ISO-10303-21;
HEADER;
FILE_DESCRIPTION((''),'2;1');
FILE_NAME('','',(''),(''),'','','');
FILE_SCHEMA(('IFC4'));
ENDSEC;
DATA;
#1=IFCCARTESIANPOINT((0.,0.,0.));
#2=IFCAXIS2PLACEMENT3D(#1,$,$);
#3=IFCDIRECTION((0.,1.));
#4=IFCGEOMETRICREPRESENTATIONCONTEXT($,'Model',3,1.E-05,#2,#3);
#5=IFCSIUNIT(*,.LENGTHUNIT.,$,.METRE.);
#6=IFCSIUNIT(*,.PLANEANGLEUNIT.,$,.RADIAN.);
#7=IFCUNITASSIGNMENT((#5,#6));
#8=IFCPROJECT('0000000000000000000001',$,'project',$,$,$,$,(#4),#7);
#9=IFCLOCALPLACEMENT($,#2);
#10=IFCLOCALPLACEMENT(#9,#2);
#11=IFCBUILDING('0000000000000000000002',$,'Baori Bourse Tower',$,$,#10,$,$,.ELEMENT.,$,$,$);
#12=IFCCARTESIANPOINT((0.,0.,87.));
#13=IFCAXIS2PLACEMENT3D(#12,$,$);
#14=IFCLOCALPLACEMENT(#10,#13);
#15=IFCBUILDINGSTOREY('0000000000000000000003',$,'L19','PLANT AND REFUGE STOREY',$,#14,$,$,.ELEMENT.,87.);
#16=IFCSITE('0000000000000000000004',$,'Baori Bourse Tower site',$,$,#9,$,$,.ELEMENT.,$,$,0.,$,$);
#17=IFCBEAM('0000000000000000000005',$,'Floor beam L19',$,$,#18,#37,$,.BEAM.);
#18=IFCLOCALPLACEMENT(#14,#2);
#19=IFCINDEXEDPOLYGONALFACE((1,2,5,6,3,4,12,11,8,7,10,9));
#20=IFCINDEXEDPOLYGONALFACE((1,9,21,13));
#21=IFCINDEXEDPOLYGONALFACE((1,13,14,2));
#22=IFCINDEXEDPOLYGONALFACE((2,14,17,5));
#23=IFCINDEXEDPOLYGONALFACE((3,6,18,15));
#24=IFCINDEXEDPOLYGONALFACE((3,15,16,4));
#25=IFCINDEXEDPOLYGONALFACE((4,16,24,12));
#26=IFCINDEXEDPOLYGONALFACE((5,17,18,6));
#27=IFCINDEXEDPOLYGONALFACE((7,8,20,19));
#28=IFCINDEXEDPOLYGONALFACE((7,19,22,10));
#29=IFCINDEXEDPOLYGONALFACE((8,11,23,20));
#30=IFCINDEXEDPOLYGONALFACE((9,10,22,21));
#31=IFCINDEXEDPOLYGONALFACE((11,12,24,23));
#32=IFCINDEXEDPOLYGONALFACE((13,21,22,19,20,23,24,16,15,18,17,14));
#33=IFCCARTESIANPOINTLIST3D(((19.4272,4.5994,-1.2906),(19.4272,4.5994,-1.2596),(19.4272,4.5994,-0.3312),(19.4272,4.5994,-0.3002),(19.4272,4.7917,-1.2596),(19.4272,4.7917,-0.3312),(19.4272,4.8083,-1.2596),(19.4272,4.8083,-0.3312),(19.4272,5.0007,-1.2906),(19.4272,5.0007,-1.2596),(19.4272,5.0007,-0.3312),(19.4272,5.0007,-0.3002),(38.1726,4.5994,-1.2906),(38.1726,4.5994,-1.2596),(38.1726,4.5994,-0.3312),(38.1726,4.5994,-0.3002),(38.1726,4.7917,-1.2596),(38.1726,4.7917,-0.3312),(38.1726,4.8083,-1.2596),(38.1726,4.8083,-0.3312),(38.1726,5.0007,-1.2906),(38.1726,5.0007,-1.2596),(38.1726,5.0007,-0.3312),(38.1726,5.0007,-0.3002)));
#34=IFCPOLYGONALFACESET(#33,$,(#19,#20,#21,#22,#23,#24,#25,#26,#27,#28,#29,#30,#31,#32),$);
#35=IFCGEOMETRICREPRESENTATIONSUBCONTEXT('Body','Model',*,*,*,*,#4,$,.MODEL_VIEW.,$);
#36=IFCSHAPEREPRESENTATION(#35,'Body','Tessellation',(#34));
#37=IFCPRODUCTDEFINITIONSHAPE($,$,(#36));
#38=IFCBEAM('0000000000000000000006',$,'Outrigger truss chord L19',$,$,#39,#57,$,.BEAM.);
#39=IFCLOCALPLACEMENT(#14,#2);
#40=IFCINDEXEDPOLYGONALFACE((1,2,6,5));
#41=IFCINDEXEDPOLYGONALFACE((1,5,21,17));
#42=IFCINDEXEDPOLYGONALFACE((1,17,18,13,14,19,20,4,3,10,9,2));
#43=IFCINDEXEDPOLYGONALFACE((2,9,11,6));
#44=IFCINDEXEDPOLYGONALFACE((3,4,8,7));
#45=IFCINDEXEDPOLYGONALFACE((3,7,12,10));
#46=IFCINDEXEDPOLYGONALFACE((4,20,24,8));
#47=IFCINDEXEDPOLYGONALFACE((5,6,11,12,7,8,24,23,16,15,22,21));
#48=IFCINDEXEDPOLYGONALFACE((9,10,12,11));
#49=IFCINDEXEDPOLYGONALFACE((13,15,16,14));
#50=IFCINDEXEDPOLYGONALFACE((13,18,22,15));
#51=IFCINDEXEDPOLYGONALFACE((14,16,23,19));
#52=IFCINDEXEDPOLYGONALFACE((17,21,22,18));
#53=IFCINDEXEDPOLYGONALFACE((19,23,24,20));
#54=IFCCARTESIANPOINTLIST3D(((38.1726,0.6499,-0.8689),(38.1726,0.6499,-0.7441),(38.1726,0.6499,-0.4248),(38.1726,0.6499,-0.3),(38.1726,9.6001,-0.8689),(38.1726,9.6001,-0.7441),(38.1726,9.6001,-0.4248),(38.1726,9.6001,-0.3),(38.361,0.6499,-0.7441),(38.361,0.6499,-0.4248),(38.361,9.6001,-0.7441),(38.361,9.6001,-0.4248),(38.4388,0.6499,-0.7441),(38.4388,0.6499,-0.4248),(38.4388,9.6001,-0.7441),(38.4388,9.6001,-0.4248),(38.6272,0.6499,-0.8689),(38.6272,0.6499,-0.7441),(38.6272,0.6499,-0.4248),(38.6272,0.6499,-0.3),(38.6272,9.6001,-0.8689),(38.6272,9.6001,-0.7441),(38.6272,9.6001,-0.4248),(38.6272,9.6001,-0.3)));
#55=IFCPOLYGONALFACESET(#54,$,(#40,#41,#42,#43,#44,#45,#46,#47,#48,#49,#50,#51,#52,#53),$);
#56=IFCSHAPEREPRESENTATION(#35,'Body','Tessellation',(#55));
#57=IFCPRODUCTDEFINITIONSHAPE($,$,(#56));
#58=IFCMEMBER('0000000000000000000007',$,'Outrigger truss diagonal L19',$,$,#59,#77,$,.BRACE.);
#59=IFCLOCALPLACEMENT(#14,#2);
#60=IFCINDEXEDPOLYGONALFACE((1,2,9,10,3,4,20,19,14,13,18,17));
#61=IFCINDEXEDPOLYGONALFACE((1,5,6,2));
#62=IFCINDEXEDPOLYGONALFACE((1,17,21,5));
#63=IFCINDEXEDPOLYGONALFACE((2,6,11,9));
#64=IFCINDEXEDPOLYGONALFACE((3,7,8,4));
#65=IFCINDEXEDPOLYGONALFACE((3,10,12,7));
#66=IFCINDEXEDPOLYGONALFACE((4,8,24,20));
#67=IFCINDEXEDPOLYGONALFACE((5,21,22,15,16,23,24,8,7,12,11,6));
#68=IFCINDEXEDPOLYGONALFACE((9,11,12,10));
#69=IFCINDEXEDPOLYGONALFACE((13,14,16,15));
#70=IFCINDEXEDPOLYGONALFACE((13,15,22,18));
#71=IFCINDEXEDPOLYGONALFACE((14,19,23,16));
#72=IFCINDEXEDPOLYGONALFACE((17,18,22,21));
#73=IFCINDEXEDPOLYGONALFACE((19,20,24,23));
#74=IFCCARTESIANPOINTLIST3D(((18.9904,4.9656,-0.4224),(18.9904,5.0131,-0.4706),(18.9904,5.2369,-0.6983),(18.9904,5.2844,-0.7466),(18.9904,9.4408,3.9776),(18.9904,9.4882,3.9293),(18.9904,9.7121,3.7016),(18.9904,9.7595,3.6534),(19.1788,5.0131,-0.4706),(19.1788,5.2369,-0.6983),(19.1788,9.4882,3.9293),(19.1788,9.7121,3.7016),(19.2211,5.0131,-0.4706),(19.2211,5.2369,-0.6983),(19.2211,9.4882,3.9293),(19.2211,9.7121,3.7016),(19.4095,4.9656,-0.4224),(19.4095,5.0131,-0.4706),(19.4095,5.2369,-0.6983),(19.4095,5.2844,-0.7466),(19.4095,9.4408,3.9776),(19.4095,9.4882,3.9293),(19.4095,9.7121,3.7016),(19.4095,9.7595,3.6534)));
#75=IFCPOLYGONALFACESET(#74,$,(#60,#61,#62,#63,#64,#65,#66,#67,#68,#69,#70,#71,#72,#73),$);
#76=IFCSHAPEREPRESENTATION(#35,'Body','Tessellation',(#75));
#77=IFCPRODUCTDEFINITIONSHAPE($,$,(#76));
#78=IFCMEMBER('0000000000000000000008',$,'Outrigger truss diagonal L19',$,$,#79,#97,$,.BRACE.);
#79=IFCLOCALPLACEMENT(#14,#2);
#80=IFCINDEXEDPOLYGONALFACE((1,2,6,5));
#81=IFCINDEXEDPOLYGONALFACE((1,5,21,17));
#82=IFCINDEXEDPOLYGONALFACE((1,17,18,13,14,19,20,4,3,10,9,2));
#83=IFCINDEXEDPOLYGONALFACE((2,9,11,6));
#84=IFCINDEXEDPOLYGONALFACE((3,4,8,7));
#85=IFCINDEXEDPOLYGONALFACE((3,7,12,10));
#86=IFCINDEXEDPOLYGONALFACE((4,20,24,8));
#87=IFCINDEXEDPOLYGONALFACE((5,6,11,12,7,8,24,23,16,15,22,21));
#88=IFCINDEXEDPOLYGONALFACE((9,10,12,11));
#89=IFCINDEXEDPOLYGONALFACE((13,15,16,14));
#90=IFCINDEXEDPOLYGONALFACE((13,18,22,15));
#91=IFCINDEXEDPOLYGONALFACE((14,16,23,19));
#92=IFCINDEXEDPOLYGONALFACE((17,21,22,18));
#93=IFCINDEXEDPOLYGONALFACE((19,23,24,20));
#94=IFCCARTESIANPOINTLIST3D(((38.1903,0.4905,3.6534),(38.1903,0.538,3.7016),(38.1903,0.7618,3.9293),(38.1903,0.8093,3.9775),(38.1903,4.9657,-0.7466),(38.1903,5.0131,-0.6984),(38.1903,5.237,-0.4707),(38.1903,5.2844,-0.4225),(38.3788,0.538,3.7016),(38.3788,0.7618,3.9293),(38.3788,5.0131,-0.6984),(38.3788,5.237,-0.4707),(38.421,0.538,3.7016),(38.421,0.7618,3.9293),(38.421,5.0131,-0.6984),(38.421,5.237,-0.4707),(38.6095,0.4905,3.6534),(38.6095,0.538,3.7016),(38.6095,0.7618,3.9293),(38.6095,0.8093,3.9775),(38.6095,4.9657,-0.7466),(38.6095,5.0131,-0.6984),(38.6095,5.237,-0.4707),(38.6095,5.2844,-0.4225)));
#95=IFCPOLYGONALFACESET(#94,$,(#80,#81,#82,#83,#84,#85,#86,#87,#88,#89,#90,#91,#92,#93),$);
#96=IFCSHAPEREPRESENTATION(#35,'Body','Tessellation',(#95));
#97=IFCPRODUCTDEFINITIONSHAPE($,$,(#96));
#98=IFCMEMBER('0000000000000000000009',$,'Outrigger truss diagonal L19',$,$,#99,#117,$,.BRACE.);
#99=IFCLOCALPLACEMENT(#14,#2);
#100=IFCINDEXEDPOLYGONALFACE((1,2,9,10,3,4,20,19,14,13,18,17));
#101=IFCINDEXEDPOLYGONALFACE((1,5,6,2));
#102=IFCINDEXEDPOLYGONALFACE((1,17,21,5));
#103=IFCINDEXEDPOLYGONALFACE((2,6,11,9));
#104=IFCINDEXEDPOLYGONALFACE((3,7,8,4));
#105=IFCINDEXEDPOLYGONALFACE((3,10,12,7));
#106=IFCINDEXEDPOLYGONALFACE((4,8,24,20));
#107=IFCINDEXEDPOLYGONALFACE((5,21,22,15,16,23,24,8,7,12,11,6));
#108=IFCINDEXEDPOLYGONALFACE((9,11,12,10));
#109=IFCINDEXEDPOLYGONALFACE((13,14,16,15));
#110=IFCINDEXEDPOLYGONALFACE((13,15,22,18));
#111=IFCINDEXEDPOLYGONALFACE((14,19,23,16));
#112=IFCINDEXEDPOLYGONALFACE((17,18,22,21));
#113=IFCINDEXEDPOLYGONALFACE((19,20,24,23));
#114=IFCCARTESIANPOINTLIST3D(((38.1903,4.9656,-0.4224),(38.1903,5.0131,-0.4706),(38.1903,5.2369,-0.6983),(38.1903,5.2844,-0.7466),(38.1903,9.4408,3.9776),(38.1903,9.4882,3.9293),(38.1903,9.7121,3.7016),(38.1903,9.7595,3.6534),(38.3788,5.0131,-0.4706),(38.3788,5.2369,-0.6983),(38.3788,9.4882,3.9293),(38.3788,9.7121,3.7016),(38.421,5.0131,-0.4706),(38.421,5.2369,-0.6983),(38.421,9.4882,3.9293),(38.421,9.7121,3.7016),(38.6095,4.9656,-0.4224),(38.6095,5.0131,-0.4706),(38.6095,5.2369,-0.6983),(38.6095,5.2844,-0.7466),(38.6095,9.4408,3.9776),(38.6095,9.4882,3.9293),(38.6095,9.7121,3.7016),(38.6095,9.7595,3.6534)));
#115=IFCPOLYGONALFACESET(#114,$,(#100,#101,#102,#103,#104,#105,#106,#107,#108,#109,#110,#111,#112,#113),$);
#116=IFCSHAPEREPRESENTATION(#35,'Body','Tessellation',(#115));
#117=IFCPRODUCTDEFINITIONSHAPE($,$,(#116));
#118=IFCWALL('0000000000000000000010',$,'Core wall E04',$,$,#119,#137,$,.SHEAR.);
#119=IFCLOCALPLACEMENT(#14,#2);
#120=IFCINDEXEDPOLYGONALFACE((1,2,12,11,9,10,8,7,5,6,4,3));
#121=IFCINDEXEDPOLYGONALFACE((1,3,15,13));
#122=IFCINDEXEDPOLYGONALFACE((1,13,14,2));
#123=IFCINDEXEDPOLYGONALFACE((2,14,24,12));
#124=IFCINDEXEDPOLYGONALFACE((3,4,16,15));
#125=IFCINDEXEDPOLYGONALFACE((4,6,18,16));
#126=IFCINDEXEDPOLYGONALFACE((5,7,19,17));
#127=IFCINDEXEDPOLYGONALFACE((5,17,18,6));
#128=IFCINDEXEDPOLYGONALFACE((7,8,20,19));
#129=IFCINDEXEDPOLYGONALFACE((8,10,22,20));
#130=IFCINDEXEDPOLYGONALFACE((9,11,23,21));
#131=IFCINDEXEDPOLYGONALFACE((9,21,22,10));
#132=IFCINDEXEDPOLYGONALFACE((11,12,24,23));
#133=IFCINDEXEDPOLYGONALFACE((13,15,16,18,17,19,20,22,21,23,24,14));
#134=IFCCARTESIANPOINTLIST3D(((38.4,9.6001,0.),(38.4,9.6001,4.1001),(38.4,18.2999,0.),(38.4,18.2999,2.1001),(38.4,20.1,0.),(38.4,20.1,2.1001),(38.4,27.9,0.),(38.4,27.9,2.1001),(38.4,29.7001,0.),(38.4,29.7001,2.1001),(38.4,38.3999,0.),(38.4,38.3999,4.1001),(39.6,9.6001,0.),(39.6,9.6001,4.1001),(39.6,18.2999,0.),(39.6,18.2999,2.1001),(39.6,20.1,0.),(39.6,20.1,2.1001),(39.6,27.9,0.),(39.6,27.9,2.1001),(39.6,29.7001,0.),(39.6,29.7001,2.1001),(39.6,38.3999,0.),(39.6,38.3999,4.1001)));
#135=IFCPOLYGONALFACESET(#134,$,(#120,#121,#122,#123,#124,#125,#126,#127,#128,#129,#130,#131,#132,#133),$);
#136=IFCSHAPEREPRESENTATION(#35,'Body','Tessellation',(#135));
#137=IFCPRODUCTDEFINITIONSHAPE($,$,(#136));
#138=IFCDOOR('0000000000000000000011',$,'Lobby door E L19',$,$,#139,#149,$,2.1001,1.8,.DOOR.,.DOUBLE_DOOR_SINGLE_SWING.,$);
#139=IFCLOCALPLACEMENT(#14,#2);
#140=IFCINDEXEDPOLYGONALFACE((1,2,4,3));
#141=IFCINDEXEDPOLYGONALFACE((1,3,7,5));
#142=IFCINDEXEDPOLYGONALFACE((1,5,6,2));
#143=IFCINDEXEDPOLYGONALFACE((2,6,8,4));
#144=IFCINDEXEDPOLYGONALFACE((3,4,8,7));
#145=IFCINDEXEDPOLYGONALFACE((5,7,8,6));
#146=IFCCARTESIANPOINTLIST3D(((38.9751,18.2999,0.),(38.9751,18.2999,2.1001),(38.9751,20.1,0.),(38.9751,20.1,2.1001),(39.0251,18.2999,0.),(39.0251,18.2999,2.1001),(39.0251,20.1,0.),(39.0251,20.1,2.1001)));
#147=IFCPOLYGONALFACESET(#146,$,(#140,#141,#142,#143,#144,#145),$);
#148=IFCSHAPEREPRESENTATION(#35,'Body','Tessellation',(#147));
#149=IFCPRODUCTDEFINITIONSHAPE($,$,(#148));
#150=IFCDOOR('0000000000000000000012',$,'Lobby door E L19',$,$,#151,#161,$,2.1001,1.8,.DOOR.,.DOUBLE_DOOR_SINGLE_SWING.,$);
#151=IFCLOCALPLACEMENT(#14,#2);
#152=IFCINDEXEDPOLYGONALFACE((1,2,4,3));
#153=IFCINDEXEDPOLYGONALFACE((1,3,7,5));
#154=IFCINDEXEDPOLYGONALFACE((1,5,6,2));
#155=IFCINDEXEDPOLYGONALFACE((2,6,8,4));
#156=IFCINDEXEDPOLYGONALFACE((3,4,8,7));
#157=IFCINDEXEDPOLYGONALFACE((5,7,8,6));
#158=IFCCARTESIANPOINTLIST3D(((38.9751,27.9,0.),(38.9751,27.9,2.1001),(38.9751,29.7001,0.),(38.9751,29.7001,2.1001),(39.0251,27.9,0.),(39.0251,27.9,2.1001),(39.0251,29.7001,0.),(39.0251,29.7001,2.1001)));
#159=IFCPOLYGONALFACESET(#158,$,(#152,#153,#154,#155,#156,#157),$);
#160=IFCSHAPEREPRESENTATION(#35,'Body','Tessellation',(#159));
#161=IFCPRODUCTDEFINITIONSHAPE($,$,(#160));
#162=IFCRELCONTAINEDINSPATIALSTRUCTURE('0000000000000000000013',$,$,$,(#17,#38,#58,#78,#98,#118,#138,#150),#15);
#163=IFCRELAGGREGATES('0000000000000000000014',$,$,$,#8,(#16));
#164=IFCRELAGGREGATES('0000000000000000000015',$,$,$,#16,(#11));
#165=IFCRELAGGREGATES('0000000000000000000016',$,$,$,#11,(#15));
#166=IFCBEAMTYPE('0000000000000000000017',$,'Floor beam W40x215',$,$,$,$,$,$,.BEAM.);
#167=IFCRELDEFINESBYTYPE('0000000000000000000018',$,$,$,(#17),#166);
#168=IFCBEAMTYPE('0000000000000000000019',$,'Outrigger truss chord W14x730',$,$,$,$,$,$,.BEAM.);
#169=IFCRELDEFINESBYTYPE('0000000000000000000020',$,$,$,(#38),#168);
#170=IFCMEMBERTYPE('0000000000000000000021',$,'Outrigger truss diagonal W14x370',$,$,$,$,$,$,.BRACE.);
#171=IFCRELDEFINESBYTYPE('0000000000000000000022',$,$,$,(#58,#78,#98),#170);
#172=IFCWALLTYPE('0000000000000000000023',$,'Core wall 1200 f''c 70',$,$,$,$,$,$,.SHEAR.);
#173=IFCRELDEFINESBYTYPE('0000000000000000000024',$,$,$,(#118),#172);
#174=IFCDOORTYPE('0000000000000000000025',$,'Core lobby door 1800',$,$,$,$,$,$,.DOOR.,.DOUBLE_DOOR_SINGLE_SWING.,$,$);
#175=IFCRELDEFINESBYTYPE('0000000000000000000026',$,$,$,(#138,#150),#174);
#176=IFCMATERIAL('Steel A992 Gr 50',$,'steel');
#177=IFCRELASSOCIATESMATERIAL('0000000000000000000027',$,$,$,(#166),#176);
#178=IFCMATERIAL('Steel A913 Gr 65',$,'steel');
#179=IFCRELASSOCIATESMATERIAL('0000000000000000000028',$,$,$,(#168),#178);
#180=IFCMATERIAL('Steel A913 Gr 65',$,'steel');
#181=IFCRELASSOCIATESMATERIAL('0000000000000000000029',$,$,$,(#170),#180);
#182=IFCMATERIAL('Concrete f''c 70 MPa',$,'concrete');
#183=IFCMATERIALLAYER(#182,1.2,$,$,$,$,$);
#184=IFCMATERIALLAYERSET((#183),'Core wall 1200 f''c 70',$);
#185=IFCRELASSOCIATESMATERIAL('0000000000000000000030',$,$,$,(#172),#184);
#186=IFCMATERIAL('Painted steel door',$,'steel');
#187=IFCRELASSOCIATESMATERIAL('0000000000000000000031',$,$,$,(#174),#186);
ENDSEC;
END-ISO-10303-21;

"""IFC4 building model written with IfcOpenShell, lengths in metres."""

from ifc_helpers import new_model, si_unit, direction, frame, frame_2d, origin, origin_2d, place, context, subcontext, project, spatial, rectangle, i_section, extrude, material, layer, layer_set, material_profile, profile_set, type_object, element, fill, save


model = new_model("IFC4")

# Units and contexts
model_context = context("Model", 3, precision=1e-05, world=origin(), true_north=direction((0.0, 1.0)))
body_context = subcontext(model_context, "Body", "Model", "MODEL_VIEW")
ifc_project = project(units=[si_unit("LENGTHUNIT", "METRE"), si_unit("PLANEANGLEUNIT", "RADIAN")], contexts=[model_context])

# Site, building, storey
site_placement = place(None, origin())
site = spatial("IfcSite", under=ifc_project, at=site_placement, Name="Baori Bourse Tower site", CompositionType="ELEMENT", RefElevation=0.0)
building_placement = place(site_placement, origin())
building = spatial("IfcBuilding", under=site, at=building_placement, Name="Baori Bourse Tower", CompositionType="ELEMENT")
storey_placement = place(building_placement, frame((0.0, 0.0, 87.0)))
storey = spatial("IfcBuildingStorey", under=building, at=storey_placement, Name="L19", Description="PLANT AND REFUGE STOREY", CompositionType="ELEMENT", Elevation=87.0)

# Beams
ifc_material_1 = material(Name="Steel A992 Gr 50", Category="steel")
ifc_material_profile_1 = material_profile(ifc_material_1, i_section(OverallWidth=0.4014, OverallDepth=0.9905, WebThickness=0.0166, FlangeThickness=0.031, at=origin_2d()), Name="W40x215")
ifc_profile_set_1 = profile_set([ifc_material_profile_1], Name="Steel A992 Gr 50")
beam_type_1 = type_object("IfcBeamType", Name="Floor beam W40x215", PredefinedType="BEAM", material=ifc_profile_set_1)
beam_1_placement = place(storey_placement, frame((19.4272, 4.8, -0.7954), z_axis=(1.0, 0.0, 0.0), x_axis=(0.0, 1.0, 0.0)))
element("IfcBeam", 1, at=beam_1_placement, inside=storey, type_object=beam_type_1, Name="Floor beam L19", PredefinedType="BEAM", context=body_context, shape_type="SweptSolid", body=[
    extrude(i_section(OverallWidth=0.4014, OverallDepth=0.9905, WebThickness=0.0166, FlangeThickness=0.031, at=origin_2d()), origin(), (0.0, 0.0, 1.0), 18.7454),
])
ifc_material_2 = material(Name="Steel A913 Gr 65", Category="steel")
ifc_material_profile_2 = material_profile(ifc_material_2, i_section(OverallWidth=0.4546, OverallDepth=0.5688, WebThickness=0.0779, FlangeThickness=0.1248, at=origin_2d()), Name="W14x730")
ifc_profile_set_2 = profile_set([ifc_material_profile_2], Name="Steel A913 Gr 65")
beam_type_2 = type_object("IfcBeamType", Name="Outrigger truss chord W14x730", PredefinedType="BEAM", material=ifc_profile_set_2)
beam_2_placement = place(storey_placement, frame((38.3999, 0.6499, -0.5845), z_axis=(0.0, 1.0, 0.0), x_axis=(-1.0, 0.0, 0.0)))
element("IfcBeam", 2, at=beam_2_placement, inside=storey, type_object=beam_type_2, Name="Outrigger truss chord L19", PredefinedType="BEAM", context=body_context, shape_type="SweptSolid", body=[
    extrude(i_section(OverallWidth=0.4546, OverallDepth=0.5688, WebThickness=0.0779, FlangeThickness=0.1248, at=origin_2d()), origin(), (0.0, 0.0, 1.0), 8.9502),
])

# Members
ifc_material_3 = material(Name="Steel A913 Gr 65", Category="steel")
ifc_material_profile_3 = material_profile(ifc_material_3, i_section(OverallWidth=0.4192, OverallDepth=0.4546, WebThickness=0.0422, FlangeThickness=0.0676, at=origin_2d()), Name="W14x370")
ifc_profile_set_3 = profile_set([ifc_material_profile_3], Name="Steel A913 Gr 65")
member_type = type_object("IfcMemberType", Name="Outrigger truss diagonal W14x370", PredefinedType="BRACE", material=ifc_profile_set_3)
for number, where, z_axis, x_axis, name in (
    (3, (19.2, 5.125, -0.5845), (0.0, 0.713072, 0.701091), (-1.0, 0.0, 0.0), "Outrigger truss diagonal L19"),
    (4, (38.3999, 0.6499, 3.8154), (0.0, 0.713072, -0.701091), (-1.0, 0.0, 0.0), "Outrigger truss diagonal L19"),
    (5, (38.3999, 5.125, -0.5845), (0.0, 0.713072, 0.701091), (-1.0, 0.0, 0.0), "Outrigger truss diagonal L19"),
):
    element("IfcMember", number, at=place(storey_placement, frame(where, z_axis=z_axis, x_axis=x_axis)), inside=storey, type_object=member_type, Name=name, PredefinedType="BRACE", context=body_context, shape_type="SweptSolid", body=[
        extrude(i_section(OverallWidth=0.4192, OverallDepth=0.4546, WebThickness=0.0422, FlangeThickness=0.0676, at=origin_2d()), origin(), (0.0, 0.0, 1.0), 6.2759),
    ])

# Wall, openings, doors
ifc_material_4 = material(Name="Concrete f'c 70 MPa", Category="concrete")
ifc_layer_1 = layer(ifc_material_4, 1.2)
ifc_layer_set_1 = layer_set([ifc_layer_1], Name="Core wall 1200 f'c 70")
wall_type_1 = type_object("IfcWallType", Name="Core wall 1200 f'c 70", PredefinedType="SHEAR", material=ifc_layer_set_1)
wall_1_placement = place(storey_placement, frame((39.0, 9.6001, 0.0), z_axis=(0.0, 0.0, 1.0), x_axis=(0.0, 1.0, 0.0)))
wall_1 = element("IfcWall", 6, at=wall_1_placement, inside=storey, type_object=wall_type_1, Name="Core wall E04", PredefinedType="SHEAR", context=body_context, shape_type="SweptSolid", body=[
    extrude(rectangle(XDim=28.7998, YDim=1.2, at=frame_2d((14.3999, 0.0))), origin(), (0.0, 0.0, 1.0), 4.1001),
])
opening_1_placement = place(wall_1_placement, frame((8.7, 0.0, 0.0)))
opening_1 = element("IfcOpeningElement", 7, at=opening_1_placement, cuts=wall_1, PredefinedType="OPENING", context=body_context, shape_type="SweptSolid", body=[
    extrude(rectangle(XDim=1.8, YDim=2.1001, at=frame_2d((0.8999, 1.05))), frame((0.0, 0.6099, 0.0), z_axis=(0.0, -1.0, 0.0), x_axis=(1.0, 0.0, 0.0)), (0.0, 0.0, 1.0), 1.22),
])
opening_2_placement = place(wall_1_placement, frame((18.3, 0.0, 0.0)))
opening_2 = element("IfcOpeningElement", 8, at=opening_2_placement, cuts=wall_1, PredefinedType="OPENING", context=body_context, shape_type="SweptSolid", body=[
    extrude(rectangle(XDim=1.8, YDim=2.1001, at=frame_2d((0.8999, 1.05))), frame((0.0, 0.6099, 0.0), z_axis=(0.0, -1.0, 0.0), x_axis=(1.0, 0.0, 0.0)), (0.0, 0.0, 1.0), 1.22),
])
ifc_material_5 = material(Name="Painted steel door", Category="steel")
door_type_1 = type_object("IfcDoorType", Name="Core lobby door 1800", OperationType="DOUBLE_DOOR_SINGLE_SWING", PredefinedType="DOOR", material=ifc_material_5)
door_1_placement = place(opening_1_placement, origin())
door_1 = element("IfcDoor", 9, at=door_1_placement, inside=storey, type_object=door_type_1, Name="Lobby door E L19", OperationType="DOUBLE_DOOR_SINGLE_SWING", OverallHeight=2.1001, OverallWidth=1.8, PredefinedType="DOOR", context=body_context, shape_type="SweptSolid", body=[
    extrude(rectangle(XDim=1.8, YDim=2.1001, at=frame_2d((0.8999, 1.05))), frame((0.0, 0.0249, 0.0), z_axis=(0.0, -1.0, 0.0), x_axis=(1.0, 0.0, 0.0)), (0.0, 0.0, 1.0), 0.05),
])
fill(opening_1, door_1)
door_2_placement = place(opening_2_placement, origin())
door_2 = element("IfcDoor", 10, at=door_2_placement, inside=storey, type_object=door_type_1, Name="Lobby door E L19", OperationType="DOUBLE_DOOR_SINGLE_SWING", OverallHeight=2.1001, OverallWidth=1.8, PredefinedType="DOOR", context=body_context, shape_type="SweptSolid", body=[
    extrude(rectangle(XDim=1.8, YDim=2.1001, at=frame_2d((0.8999, 1.05))), frame((0.0, 0.0249, 0.0), z_axis=(0.0, -1.0, 0.0), x_axis=(1.0, 0.0, 0.0)), (0.0, 0.0, 1.0), 0.05),
])
fill(opening_2, door_2)

save(model, "model.ifc")
